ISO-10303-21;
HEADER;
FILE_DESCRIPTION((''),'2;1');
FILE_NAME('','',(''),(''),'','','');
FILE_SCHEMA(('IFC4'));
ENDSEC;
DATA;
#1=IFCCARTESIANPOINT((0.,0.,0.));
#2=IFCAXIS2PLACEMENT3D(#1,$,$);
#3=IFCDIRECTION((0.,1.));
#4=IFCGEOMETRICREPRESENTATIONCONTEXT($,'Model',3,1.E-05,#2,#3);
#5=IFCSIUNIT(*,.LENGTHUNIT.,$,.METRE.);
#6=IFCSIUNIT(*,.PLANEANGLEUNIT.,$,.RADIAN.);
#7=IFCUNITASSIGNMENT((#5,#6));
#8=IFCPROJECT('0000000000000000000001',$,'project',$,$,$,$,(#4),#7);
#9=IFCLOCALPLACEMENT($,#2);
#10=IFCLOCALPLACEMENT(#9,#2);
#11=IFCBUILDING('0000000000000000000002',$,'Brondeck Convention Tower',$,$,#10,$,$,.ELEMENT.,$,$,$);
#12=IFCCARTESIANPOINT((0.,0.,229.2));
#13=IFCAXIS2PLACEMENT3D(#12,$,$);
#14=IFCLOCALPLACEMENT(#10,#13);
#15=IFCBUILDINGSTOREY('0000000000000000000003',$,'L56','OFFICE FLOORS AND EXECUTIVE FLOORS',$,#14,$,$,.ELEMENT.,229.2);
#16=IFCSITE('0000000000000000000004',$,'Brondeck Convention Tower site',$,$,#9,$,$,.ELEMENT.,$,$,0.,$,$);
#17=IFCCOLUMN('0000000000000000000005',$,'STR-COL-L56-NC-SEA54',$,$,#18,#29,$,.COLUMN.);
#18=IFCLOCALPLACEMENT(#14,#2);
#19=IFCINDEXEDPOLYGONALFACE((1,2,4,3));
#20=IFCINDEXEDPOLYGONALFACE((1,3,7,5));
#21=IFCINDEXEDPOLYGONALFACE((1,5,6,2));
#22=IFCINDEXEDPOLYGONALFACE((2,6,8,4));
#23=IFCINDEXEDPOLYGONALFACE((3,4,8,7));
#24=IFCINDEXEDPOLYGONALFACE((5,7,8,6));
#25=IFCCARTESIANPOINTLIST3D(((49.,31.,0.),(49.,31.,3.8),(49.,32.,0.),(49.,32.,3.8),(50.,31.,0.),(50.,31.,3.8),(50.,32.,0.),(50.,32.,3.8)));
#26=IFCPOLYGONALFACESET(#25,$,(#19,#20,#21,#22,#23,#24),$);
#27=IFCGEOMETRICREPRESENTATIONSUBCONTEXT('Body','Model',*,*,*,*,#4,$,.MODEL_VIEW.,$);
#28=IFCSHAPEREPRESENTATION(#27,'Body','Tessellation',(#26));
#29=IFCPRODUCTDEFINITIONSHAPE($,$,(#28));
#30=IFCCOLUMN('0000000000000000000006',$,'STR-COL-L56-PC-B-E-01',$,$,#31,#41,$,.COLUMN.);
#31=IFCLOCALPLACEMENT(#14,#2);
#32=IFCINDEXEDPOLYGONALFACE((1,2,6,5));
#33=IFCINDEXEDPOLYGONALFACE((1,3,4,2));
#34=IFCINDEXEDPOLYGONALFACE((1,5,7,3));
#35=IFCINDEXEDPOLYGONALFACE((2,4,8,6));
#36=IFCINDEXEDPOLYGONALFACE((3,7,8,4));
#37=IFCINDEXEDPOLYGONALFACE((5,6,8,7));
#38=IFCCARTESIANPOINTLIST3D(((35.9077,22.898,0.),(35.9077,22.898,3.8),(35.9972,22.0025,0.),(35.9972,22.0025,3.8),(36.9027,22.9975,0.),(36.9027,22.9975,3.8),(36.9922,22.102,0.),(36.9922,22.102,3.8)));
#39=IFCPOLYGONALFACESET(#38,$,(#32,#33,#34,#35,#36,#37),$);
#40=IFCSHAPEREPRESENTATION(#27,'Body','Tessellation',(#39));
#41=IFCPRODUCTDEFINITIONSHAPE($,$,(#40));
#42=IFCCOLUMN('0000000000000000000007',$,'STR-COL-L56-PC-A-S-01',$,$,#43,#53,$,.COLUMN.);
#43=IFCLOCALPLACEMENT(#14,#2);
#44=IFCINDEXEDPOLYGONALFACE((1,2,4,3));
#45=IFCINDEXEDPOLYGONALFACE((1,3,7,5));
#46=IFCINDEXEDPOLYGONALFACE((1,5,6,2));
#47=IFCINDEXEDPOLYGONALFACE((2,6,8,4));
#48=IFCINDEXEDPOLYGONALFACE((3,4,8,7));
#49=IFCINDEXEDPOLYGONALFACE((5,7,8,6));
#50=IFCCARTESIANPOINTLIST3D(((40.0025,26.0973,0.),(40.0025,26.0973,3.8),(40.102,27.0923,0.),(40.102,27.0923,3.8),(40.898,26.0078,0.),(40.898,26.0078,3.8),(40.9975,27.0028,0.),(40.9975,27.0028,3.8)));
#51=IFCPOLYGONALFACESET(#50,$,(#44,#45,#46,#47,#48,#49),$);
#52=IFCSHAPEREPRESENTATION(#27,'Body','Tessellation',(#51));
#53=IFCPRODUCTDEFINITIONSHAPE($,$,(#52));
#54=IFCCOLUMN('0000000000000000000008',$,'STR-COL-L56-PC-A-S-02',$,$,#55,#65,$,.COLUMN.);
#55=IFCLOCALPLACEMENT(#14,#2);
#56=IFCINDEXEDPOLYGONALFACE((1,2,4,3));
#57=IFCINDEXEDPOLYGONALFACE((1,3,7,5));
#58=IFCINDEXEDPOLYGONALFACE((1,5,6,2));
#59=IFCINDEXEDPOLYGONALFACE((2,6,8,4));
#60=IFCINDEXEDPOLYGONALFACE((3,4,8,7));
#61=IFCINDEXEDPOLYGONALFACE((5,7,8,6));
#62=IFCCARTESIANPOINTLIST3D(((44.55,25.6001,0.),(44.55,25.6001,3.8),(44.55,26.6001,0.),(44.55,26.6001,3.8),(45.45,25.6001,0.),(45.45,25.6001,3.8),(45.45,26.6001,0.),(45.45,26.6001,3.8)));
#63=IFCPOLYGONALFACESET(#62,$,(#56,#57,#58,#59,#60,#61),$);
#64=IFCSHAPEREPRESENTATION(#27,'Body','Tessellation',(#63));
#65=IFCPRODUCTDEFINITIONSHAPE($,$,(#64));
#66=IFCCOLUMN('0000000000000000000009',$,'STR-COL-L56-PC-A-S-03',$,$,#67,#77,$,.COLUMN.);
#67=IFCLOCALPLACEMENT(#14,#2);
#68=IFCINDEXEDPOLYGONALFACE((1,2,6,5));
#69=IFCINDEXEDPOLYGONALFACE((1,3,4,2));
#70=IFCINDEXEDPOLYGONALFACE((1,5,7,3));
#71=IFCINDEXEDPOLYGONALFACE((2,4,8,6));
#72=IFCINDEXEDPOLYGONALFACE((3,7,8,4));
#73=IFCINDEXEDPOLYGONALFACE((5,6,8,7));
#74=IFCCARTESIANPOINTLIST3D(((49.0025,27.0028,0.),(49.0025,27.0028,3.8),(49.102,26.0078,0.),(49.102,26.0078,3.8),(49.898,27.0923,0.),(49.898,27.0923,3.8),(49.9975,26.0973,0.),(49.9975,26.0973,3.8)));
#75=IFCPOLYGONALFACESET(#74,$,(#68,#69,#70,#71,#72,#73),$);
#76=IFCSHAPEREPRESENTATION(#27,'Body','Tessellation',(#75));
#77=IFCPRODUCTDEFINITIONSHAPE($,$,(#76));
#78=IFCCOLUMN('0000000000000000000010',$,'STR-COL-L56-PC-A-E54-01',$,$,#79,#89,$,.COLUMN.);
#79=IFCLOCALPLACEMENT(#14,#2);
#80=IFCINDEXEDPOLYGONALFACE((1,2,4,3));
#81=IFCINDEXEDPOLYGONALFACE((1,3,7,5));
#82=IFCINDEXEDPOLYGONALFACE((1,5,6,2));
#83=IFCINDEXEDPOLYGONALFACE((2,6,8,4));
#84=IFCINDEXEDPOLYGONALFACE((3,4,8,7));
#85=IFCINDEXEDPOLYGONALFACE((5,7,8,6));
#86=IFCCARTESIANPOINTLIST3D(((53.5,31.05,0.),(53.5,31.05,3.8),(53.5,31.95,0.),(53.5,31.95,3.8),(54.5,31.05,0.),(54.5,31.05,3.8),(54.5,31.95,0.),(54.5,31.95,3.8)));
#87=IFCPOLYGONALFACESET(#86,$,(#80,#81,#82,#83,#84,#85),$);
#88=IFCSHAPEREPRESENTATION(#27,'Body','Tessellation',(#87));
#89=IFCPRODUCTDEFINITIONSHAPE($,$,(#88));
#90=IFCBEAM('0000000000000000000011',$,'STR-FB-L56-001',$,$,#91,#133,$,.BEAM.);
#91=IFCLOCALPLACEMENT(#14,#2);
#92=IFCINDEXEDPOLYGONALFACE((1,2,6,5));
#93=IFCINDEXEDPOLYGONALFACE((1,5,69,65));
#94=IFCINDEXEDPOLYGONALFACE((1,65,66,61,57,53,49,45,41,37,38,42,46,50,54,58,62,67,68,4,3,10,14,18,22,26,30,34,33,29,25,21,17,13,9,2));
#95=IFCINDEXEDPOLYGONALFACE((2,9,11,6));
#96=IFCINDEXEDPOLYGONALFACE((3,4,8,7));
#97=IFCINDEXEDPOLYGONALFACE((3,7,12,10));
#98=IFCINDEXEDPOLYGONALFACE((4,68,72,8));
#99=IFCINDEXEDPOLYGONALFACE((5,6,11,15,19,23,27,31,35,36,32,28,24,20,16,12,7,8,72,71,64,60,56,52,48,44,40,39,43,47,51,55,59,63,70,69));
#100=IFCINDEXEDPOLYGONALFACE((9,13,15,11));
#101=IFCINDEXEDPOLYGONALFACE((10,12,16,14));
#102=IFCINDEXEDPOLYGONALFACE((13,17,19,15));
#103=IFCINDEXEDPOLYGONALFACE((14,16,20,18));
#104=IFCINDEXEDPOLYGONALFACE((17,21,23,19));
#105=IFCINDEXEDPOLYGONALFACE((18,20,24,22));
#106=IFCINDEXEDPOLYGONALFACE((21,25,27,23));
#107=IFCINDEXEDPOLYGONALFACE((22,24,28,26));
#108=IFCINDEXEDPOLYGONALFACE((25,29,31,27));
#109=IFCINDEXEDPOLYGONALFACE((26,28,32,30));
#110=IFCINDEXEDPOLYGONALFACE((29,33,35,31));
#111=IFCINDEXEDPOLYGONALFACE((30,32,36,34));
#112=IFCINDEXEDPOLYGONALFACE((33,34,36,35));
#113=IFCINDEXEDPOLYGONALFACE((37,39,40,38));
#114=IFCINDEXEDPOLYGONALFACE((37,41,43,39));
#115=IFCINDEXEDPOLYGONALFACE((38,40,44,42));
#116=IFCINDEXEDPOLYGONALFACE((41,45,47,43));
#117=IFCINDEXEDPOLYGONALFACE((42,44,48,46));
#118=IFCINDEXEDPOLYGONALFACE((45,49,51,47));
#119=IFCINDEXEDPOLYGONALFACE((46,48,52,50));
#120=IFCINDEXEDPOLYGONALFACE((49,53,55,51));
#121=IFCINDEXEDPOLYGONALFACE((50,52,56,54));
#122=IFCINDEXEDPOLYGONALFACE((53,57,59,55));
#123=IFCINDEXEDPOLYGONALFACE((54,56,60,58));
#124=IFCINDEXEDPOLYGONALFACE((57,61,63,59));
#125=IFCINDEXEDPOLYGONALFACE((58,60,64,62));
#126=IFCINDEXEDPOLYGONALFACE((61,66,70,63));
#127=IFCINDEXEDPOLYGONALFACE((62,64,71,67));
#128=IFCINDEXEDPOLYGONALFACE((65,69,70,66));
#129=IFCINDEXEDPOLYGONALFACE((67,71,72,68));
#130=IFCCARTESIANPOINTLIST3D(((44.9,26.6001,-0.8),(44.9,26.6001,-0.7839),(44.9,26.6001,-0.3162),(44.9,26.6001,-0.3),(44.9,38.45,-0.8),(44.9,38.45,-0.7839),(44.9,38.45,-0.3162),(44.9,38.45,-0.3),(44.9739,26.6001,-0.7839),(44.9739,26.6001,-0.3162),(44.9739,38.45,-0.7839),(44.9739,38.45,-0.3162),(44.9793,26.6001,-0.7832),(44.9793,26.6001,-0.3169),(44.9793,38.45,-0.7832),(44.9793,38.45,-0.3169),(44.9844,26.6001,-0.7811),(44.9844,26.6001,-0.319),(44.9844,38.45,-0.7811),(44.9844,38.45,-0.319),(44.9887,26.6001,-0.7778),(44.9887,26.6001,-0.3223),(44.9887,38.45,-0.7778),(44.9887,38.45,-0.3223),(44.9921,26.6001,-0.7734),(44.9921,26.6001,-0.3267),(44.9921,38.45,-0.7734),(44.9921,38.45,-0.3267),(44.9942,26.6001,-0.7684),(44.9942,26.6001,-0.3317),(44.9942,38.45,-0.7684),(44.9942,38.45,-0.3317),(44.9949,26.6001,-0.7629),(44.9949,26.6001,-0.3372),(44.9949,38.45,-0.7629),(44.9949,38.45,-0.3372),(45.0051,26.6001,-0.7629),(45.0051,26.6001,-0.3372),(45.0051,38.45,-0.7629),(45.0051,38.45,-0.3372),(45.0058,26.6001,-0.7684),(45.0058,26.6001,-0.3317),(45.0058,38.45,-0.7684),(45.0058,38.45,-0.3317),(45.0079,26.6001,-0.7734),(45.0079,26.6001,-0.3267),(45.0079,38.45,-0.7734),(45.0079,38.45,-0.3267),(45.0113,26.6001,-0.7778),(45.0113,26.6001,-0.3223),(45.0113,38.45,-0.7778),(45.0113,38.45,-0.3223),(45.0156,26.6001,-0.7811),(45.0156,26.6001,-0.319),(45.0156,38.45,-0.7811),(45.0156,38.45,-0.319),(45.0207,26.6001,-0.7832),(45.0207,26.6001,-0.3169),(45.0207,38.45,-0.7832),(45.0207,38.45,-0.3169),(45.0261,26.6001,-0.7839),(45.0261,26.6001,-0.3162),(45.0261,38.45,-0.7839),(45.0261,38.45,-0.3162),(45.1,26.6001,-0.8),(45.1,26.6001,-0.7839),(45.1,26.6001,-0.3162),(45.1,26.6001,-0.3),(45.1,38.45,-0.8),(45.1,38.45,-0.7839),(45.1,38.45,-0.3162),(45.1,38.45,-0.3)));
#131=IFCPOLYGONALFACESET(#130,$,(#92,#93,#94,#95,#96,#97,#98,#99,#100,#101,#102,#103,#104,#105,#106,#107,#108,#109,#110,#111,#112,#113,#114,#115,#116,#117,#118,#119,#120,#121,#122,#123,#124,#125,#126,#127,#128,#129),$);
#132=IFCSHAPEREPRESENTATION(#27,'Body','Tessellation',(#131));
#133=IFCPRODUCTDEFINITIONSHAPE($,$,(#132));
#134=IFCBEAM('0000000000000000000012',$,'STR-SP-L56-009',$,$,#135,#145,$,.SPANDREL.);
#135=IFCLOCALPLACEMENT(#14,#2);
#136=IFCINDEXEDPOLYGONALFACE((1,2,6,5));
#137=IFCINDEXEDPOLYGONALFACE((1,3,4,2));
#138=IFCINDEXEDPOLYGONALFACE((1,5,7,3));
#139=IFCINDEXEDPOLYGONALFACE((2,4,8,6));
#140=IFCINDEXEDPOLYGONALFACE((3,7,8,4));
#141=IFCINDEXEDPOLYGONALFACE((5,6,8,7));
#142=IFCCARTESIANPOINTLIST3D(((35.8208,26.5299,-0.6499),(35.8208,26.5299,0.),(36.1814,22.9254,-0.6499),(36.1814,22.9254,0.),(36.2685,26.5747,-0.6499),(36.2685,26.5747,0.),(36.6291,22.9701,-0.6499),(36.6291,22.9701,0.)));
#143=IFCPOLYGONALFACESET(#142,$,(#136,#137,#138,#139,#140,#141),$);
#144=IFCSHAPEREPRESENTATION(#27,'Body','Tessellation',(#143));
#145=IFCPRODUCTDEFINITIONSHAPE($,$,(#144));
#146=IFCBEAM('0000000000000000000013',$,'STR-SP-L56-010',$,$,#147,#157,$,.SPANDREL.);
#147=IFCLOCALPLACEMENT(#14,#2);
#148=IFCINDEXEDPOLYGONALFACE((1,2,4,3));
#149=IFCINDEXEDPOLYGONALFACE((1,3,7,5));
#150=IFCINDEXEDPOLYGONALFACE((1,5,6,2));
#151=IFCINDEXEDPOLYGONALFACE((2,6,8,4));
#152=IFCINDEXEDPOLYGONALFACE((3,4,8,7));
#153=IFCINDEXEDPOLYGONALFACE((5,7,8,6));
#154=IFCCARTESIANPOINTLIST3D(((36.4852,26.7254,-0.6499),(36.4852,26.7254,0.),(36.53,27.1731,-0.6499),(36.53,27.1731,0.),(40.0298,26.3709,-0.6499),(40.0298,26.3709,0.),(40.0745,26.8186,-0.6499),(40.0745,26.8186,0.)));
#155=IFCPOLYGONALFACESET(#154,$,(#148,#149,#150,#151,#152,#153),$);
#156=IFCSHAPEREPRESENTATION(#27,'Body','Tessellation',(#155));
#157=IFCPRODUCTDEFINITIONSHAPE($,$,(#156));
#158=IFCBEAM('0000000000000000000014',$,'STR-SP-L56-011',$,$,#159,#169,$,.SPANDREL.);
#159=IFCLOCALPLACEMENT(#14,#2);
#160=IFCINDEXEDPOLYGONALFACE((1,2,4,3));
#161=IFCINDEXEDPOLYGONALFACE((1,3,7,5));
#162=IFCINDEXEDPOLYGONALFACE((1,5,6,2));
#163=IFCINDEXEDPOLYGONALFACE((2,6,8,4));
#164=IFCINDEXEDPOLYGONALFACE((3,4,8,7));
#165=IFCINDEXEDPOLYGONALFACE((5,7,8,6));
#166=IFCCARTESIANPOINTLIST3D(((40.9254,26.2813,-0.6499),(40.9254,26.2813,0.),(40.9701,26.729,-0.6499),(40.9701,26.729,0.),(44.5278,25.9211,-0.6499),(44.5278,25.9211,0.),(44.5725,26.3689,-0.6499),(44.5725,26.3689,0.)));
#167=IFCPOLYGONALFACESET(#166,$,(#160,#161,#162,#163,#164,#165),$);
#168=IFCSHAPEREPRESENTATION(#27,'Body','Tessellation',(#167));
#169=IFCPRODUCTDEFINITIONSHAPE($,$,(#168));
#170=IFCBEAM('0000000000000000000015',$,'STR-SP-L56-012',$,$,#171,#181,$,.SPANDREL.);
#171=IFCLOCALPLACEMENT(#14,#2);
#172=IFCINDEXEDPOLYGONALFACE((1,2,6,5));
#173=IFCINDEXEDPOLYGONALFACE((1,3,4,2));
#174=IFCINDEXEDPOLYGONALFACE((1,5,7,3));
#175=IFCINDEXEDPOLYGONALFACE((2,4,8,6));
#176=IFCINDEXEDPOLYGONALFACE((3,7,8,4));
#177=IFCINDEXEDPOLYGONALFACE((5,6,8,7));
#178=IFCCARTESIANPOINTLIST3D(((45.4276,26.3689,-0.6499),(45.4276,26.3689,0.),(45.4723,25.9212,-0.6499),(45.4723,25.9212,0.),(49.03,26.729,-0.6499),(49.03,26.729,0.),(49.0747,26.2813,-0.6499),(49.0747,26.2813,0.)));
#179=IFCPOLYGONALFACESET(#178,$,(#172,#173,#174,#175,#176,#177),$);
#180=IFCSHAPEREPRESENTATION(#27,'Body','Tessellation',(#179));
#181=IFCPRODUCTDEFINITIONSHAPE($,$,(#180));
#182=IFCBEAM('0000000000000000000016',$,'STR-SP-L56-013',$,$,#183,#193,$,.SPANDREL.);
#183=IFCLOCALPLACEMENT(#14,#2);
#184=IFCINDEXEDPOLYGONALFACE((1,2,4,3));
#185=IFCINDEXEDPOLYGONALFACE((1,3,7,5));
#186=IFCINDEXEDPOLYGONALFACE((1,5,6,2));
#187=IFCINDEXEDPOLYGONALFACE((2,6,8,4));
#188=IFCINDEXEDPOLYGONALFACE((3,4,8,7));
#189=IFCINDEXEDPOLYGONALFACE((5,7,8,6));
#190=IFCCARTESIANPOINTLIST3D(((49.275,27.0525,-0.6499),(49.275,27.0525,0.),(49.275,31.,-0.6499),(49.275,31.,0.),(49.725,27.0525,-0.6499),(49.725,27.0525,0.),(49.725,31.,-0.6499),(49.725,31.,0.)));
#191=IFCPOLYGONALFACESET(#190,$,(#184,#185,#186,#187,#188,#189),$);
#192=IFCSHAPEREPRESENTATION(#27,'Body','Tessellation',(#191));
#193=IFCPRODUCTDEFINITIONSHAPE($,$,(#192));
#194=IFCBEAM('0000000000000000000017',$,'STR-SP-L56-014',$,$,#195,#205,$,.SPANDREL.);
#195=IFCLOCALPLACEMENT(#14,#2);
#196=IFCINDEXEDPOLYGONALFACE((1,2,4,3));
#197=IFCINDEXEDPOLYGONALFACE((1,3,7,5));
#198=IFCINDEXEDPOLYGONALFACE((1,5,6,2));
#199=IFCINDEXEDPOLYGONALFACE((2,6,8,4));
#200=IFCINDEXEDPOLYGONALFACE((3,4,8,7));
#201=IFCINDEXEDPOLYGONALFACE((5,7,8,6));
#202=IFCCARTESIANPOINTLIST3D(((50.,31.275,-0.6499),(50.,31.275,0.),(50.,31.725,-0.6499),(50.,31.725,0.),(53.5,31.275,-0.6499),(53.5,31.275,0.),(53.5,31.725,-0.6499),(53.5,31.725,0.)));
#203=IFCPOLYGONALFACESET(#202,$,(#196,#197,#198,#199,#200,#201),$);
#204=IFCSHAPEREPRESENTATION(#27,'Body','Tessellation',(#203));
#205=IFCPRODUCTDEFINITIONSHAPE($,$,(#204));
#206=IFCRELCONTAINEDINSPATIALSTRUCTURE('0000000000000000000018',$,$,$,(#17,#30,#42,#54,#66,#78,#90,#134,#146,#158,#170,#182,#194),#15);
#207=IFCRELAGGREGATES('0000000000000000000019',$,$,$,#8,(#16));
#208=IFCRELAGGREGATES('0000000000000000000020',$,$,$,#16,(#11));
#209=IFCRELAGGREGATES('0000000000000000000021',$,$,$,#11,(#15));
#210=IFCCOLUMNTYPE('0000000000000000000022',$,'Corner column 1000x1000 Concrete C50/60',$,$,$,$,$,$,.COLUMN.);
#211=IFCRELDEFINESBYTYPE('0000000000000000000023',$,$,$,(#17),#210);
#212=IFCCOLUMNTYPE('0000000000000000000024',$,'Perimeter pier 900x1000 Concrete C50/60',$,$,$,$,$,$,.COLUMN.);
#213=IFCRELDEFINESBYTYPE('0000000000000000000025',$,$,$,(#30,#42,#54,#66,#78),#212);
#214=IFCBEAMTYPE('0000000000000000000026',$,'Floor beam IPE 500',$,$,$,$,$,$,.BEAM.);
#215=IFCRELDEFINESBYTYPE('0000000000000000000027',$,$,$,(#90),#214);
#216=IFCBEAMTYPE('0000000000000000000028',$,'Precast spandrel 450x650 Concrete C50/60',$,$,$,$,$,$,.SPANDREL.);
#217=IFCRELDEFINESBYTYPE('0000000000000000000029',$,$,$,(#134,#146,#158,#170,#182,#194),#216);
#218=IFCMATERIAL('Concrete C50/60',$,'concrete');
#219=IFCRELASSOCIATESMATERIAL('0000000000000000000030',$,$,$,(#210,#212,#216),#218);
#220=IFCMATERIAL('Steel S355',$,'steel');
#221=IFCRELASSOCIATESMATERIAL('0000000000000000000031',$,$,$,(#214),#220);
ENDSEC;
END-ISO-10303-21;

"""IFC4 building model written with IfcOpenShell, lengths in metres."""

from ifc_helpers import new_model, si_unit, direction, frame, origin, origin_2d, place, context, subcontext, project, spatial, rectangle, i_section, extrude, material, material_profile, profile_set, type_object, element, save


model = new_model("IFC4")

# Units and contexts
model_context = context("Model", 3, precision=1e-05, world=origin(), true_north=direction((0.0, 1.0)))
body_context = subcontext(model_context, "Body", "Model", "MODEL_VIEW")
ifc_project = project(units=[si_unit("LENGTHUNIT", "METRE"), si_unit("PLANEANGLEUNIT", "RADIAN")], contexts=[model_context])

# Site, building, storey
site_placement = place(None, origin())
site = spatial("IfcSite", under=ifc_project, at=site_placement, Name="Brondeck Convention Tower site", CompositionType="ELEMENT", RefElevation=0.0)
building_placement = place(site_placement, origin())
building = spatial("IfcBuilding", under=site, at=building_placement, Name="Brondeck Convention Tower", CompositionType="ELEMENT")
storey_placement = place(building_placement, frame((0.0, 0.0, 229.2)))
storey = spatial("IfcBuildingStorey", under=building, at=storey_placement, Name="L56", Description="OFFICE FLOORS AND EXECUTIVE FLOORS", CompositionType="ELEMENT", Elevation=229.2)

# Columns
ifc_material_1 = material(Name="Concrete C50/60", Category="concrete")
ifc_material_profile_1 = material_profile(ifc_material_1, rectangle(XDim=1.0, YDim=1.0, at=origin_2d()), Name="Corner column 1000x1000 Concrete C50/60")
ifc_profile_set_1 = profile_set([ifc_material_profile_1], Name="Concrete C50/60")
column_type_1 = type_object("IfcColumnType", Name="Corner column 1000x1000 Concrete C50/60", PredefinedType="COLUMN", material=ifc_profile_set_1)
column_placement = place(storey_placement, frame((49.5, 31.5, 0.0), z_axis=(0.0, 0.0, 1.0), x_axis=(1.0, 0.0, 0.0)))
element("IfcColumn", 1, at=column_placement, inside=storey, type_object=column_type_1, Name="STR-COL-L56-NC-SEA54", PredefinedType="COLUMN", context=body_context, shape_type="SweptSolid", body=[
    extrude(rectangle(XDim=1.0, YDim=1.0, at=origin_2d()), origin(), (0.0, 0.0, 1.0), 3.8),
])
ifc_material_profile_2 = material_profile(ifc_material_1, rectangle(XDim=0.8999, YDim=1.0, at=origin_2d()), Name="Perimeter pier 900x1000 Concrete C50/60")
ifc_profile_set_2 = profile_set([ifc_material_profile_2], Name="Concrete C50/60")
column_type_2 = type_object("IfcColumnType", Name="Perimeter pier 900x1000 Concrete C50/60", PredefinedType="COLUMN", material=ifc_profile_set_2)
for number, where, z_axis, x_axis, name in (
    (2, (36.45, 22.5, 0.0), (0.0, 0.0, 1.0), (-0.099504, 0.995037, 0.0), "STR-COL-L56-PC-B-E-01"),
    (3, (40.5, 26.55, 0.0), (0.0, 0.0, 1.0), (0.995037, -0.099504, 0.0), "STR-COL-L56-PC-A-S-01"),
    (4, (45.0, 26.1001, 0.0), (0.0, 0.0, 1.0), (1.0, 0.0, 0.0), "STR-COL-L56-PC-A-S-02"),
    (5, (49.5, 26.55, 0.0), (0.0, 0.0, 1.0), (0.995037, 0.099504, 0.0), "STR-COL-L56-PC-A-S-03"),
    (6, (54.0, 31.5, 0.0), (0.0, 0.0, 1.0), (0.0, 1.0, 0.0), "STR-COL-L56-PC-A-E54-01"),
):
    element("IfcColumn", number, at=place(storey_placement, frame(where, z_axis=z_axis, x_axis=x_axis)), inside=storey, type_object=column_type_2, Name=name, PredefinedType="COLUMN", context=body_context, shape_type="SweptSolid", body=[
        extrude(rectangle(XDim=0.8999, YDim=1.0, at=origin_2d()), origin(), (0.0, 0.0, 1.0), 3.8),
    ])

# Beams
ifc_material_2 = material(Name="Steel S355", Category="steel")
ifc_material_profile_3 = material_profile(ifc_material_2, i_section(OverallWidth=0.2, OverallDepth=0.5, WebThickness=0.0103, FlangeThickness=0.0161, FilletRadius=0.021, at=origin_2d()), Name="IPE 500")
ifc_profile_set_3 = profile_set([ifc_material_profile_3], Name="Steel S355")
beam_type_1 = type_object("IfcBeamType", Name="Floor beam IPE 500", PredefinedType="BEAM", material=ifc_profile_set_3)
beam_1_placement = place(storey_placement, frame((45.0, 26.6001, -0.55), z_axis=(0.0, 1.0, 0.0), x_axis=(-1.0, 0.0, 0.0)))
element("IfcBeam", 7, at=beam_1_placement, inside=storey, type_object=beam_type_1, Name="STR-FB-L56-001", PredefinedType="BEAM", context=body_context, shape_type="SweptSolid", body=[
    extrude(i_section(OverallWidth=0.2, OverallDepth=0.5, WebThickness=0.0103, FlangeThickness=0.0161, FilletRadius=0.021, at=origin_2d()), origin(), (0.0, 0.0, 1.0), 11.8499),
])
ifc_material_profile_4 = material_profile(ifc_material_1, rectangle(XDim=0.45, YDim=0.6499, at=origin_2d()), Name="Precast spandrel 450x650 Concrete C50/60")
ifc_profile_set_4 = profile_set([ifc_material_profile_4], Name="Concrete C50/60")
beam_type_2 = type_object("IfcBeamType", Name="Precast spandrel 450x650 Concrete C50/60", PredefinedType="SPANDREL", material=ifc_profile_set_4)
beam_2_placement = place(storey_placement, frame((36.4053, 22.9478, -0.325), z_axis=(-0.099544, 0.995033, 0.0), x_axis=(-0.995033, -0.099544, 0.0)))
element("IfcBeam", 8, at=beam_2_placement, inside=storey, type_object=beam_type_2, Name="STR-SP-L56-009", PredefinedType="SPANDREL", context=body_context, shape_type="SweptSolid", body=[
    extrude(rectangle(XDim=0.45, YDim=0.6499, at=origin_2d()), origin(), (0.0, 0.0, 1.0), 3.6226),
])
beam_3_placement = place(storey_placement, frame((36.5076, 26.9492, -0.325), z_axis=(0.995037, -0.099511, 0.0), x_axis=(0.099511, 0.995037, 0.0)))
element("IfcBeam", 9, at=beam_3_placement, inside=storey, type_object=beam_type_2, Name="STR-SP-L56-010", PredefinedType="SPANDREL", context=body_context, shape_type="SweptSolid", body=[
    extrude(rectangle(XDim=0.45, YDim=0.6499, at=origin_2d()), origin(), (0.0, 0.0, 1.0), 3.5623),
])
for number, where, z_axis, x_axis, name in (
    (10, (40.9478, 26.5051, -0.325), (0.995041, -0.09947, 0.0), (0.09947, 0.995041, 0.0), "STR-SP-L56-011"),
    (11, (45.45, 26.145, -0.325), (0.995041, 0.09947, 0.0), (-0.09947, 0.995041, 0.0), "STR-SP-L56-012"),
):
    element("IfcBeam", number, at=place(storey_placement, frame(where, z_axis=z_axis, x_axis=x_axis)), inside=storey, type_object=beam_type_2, Name=name, PredefinedType="SPANDREL", context=body_context, shape_type="SweptSolid", body=[
        extrude(rectangle(XDim=0.45, YDim=0.6499, at=origin_2d()), origin(), (0.0, 0.0, 1.0), 3.6204),
    ])
beam_4_placement = place(storey_placement, frame((49.5, 27.0525, -0.325), z_axis=(0.0, 1.0, 0.0), x_axis=(-1.0, 0.0, 0.0)))
element("IfcBeam", 12, at=beam_4_placement, inside=storey, type_object=beam_type_2, Name="STR-SP-L56-013", PredefinedType="SPANDREL", context=body_context, shape_type="SweptSolid", body=[
    extrude(rectangle(XDim=0.45, YDim=0.6499, at=origin_2d()), origin(), (0.0, 0.0, 1.0), 3.9475),
])
beam_5_placement = place(storey_placement, frame((50.0, 31.5, -0.325), z_axis=(1.0, 0.0, 0.0), x_axis=(0.0, 1.0, 0.0)))
element("IfcBeam", 13, at=beam_5_placement, inside=storey, type_object=beam_type_2, Name="STR-SP-L56-014", PredefinedType="SPANDREL", context=body_context, shape_type="SweptSolid", body=[
    extrude(rectangle(XDim=0.45, YDim=0.6499, at=origin_2d()), origin(), (0.0, 0.0, 1.0), 3.5),
])

save(model, "model.ifc")
